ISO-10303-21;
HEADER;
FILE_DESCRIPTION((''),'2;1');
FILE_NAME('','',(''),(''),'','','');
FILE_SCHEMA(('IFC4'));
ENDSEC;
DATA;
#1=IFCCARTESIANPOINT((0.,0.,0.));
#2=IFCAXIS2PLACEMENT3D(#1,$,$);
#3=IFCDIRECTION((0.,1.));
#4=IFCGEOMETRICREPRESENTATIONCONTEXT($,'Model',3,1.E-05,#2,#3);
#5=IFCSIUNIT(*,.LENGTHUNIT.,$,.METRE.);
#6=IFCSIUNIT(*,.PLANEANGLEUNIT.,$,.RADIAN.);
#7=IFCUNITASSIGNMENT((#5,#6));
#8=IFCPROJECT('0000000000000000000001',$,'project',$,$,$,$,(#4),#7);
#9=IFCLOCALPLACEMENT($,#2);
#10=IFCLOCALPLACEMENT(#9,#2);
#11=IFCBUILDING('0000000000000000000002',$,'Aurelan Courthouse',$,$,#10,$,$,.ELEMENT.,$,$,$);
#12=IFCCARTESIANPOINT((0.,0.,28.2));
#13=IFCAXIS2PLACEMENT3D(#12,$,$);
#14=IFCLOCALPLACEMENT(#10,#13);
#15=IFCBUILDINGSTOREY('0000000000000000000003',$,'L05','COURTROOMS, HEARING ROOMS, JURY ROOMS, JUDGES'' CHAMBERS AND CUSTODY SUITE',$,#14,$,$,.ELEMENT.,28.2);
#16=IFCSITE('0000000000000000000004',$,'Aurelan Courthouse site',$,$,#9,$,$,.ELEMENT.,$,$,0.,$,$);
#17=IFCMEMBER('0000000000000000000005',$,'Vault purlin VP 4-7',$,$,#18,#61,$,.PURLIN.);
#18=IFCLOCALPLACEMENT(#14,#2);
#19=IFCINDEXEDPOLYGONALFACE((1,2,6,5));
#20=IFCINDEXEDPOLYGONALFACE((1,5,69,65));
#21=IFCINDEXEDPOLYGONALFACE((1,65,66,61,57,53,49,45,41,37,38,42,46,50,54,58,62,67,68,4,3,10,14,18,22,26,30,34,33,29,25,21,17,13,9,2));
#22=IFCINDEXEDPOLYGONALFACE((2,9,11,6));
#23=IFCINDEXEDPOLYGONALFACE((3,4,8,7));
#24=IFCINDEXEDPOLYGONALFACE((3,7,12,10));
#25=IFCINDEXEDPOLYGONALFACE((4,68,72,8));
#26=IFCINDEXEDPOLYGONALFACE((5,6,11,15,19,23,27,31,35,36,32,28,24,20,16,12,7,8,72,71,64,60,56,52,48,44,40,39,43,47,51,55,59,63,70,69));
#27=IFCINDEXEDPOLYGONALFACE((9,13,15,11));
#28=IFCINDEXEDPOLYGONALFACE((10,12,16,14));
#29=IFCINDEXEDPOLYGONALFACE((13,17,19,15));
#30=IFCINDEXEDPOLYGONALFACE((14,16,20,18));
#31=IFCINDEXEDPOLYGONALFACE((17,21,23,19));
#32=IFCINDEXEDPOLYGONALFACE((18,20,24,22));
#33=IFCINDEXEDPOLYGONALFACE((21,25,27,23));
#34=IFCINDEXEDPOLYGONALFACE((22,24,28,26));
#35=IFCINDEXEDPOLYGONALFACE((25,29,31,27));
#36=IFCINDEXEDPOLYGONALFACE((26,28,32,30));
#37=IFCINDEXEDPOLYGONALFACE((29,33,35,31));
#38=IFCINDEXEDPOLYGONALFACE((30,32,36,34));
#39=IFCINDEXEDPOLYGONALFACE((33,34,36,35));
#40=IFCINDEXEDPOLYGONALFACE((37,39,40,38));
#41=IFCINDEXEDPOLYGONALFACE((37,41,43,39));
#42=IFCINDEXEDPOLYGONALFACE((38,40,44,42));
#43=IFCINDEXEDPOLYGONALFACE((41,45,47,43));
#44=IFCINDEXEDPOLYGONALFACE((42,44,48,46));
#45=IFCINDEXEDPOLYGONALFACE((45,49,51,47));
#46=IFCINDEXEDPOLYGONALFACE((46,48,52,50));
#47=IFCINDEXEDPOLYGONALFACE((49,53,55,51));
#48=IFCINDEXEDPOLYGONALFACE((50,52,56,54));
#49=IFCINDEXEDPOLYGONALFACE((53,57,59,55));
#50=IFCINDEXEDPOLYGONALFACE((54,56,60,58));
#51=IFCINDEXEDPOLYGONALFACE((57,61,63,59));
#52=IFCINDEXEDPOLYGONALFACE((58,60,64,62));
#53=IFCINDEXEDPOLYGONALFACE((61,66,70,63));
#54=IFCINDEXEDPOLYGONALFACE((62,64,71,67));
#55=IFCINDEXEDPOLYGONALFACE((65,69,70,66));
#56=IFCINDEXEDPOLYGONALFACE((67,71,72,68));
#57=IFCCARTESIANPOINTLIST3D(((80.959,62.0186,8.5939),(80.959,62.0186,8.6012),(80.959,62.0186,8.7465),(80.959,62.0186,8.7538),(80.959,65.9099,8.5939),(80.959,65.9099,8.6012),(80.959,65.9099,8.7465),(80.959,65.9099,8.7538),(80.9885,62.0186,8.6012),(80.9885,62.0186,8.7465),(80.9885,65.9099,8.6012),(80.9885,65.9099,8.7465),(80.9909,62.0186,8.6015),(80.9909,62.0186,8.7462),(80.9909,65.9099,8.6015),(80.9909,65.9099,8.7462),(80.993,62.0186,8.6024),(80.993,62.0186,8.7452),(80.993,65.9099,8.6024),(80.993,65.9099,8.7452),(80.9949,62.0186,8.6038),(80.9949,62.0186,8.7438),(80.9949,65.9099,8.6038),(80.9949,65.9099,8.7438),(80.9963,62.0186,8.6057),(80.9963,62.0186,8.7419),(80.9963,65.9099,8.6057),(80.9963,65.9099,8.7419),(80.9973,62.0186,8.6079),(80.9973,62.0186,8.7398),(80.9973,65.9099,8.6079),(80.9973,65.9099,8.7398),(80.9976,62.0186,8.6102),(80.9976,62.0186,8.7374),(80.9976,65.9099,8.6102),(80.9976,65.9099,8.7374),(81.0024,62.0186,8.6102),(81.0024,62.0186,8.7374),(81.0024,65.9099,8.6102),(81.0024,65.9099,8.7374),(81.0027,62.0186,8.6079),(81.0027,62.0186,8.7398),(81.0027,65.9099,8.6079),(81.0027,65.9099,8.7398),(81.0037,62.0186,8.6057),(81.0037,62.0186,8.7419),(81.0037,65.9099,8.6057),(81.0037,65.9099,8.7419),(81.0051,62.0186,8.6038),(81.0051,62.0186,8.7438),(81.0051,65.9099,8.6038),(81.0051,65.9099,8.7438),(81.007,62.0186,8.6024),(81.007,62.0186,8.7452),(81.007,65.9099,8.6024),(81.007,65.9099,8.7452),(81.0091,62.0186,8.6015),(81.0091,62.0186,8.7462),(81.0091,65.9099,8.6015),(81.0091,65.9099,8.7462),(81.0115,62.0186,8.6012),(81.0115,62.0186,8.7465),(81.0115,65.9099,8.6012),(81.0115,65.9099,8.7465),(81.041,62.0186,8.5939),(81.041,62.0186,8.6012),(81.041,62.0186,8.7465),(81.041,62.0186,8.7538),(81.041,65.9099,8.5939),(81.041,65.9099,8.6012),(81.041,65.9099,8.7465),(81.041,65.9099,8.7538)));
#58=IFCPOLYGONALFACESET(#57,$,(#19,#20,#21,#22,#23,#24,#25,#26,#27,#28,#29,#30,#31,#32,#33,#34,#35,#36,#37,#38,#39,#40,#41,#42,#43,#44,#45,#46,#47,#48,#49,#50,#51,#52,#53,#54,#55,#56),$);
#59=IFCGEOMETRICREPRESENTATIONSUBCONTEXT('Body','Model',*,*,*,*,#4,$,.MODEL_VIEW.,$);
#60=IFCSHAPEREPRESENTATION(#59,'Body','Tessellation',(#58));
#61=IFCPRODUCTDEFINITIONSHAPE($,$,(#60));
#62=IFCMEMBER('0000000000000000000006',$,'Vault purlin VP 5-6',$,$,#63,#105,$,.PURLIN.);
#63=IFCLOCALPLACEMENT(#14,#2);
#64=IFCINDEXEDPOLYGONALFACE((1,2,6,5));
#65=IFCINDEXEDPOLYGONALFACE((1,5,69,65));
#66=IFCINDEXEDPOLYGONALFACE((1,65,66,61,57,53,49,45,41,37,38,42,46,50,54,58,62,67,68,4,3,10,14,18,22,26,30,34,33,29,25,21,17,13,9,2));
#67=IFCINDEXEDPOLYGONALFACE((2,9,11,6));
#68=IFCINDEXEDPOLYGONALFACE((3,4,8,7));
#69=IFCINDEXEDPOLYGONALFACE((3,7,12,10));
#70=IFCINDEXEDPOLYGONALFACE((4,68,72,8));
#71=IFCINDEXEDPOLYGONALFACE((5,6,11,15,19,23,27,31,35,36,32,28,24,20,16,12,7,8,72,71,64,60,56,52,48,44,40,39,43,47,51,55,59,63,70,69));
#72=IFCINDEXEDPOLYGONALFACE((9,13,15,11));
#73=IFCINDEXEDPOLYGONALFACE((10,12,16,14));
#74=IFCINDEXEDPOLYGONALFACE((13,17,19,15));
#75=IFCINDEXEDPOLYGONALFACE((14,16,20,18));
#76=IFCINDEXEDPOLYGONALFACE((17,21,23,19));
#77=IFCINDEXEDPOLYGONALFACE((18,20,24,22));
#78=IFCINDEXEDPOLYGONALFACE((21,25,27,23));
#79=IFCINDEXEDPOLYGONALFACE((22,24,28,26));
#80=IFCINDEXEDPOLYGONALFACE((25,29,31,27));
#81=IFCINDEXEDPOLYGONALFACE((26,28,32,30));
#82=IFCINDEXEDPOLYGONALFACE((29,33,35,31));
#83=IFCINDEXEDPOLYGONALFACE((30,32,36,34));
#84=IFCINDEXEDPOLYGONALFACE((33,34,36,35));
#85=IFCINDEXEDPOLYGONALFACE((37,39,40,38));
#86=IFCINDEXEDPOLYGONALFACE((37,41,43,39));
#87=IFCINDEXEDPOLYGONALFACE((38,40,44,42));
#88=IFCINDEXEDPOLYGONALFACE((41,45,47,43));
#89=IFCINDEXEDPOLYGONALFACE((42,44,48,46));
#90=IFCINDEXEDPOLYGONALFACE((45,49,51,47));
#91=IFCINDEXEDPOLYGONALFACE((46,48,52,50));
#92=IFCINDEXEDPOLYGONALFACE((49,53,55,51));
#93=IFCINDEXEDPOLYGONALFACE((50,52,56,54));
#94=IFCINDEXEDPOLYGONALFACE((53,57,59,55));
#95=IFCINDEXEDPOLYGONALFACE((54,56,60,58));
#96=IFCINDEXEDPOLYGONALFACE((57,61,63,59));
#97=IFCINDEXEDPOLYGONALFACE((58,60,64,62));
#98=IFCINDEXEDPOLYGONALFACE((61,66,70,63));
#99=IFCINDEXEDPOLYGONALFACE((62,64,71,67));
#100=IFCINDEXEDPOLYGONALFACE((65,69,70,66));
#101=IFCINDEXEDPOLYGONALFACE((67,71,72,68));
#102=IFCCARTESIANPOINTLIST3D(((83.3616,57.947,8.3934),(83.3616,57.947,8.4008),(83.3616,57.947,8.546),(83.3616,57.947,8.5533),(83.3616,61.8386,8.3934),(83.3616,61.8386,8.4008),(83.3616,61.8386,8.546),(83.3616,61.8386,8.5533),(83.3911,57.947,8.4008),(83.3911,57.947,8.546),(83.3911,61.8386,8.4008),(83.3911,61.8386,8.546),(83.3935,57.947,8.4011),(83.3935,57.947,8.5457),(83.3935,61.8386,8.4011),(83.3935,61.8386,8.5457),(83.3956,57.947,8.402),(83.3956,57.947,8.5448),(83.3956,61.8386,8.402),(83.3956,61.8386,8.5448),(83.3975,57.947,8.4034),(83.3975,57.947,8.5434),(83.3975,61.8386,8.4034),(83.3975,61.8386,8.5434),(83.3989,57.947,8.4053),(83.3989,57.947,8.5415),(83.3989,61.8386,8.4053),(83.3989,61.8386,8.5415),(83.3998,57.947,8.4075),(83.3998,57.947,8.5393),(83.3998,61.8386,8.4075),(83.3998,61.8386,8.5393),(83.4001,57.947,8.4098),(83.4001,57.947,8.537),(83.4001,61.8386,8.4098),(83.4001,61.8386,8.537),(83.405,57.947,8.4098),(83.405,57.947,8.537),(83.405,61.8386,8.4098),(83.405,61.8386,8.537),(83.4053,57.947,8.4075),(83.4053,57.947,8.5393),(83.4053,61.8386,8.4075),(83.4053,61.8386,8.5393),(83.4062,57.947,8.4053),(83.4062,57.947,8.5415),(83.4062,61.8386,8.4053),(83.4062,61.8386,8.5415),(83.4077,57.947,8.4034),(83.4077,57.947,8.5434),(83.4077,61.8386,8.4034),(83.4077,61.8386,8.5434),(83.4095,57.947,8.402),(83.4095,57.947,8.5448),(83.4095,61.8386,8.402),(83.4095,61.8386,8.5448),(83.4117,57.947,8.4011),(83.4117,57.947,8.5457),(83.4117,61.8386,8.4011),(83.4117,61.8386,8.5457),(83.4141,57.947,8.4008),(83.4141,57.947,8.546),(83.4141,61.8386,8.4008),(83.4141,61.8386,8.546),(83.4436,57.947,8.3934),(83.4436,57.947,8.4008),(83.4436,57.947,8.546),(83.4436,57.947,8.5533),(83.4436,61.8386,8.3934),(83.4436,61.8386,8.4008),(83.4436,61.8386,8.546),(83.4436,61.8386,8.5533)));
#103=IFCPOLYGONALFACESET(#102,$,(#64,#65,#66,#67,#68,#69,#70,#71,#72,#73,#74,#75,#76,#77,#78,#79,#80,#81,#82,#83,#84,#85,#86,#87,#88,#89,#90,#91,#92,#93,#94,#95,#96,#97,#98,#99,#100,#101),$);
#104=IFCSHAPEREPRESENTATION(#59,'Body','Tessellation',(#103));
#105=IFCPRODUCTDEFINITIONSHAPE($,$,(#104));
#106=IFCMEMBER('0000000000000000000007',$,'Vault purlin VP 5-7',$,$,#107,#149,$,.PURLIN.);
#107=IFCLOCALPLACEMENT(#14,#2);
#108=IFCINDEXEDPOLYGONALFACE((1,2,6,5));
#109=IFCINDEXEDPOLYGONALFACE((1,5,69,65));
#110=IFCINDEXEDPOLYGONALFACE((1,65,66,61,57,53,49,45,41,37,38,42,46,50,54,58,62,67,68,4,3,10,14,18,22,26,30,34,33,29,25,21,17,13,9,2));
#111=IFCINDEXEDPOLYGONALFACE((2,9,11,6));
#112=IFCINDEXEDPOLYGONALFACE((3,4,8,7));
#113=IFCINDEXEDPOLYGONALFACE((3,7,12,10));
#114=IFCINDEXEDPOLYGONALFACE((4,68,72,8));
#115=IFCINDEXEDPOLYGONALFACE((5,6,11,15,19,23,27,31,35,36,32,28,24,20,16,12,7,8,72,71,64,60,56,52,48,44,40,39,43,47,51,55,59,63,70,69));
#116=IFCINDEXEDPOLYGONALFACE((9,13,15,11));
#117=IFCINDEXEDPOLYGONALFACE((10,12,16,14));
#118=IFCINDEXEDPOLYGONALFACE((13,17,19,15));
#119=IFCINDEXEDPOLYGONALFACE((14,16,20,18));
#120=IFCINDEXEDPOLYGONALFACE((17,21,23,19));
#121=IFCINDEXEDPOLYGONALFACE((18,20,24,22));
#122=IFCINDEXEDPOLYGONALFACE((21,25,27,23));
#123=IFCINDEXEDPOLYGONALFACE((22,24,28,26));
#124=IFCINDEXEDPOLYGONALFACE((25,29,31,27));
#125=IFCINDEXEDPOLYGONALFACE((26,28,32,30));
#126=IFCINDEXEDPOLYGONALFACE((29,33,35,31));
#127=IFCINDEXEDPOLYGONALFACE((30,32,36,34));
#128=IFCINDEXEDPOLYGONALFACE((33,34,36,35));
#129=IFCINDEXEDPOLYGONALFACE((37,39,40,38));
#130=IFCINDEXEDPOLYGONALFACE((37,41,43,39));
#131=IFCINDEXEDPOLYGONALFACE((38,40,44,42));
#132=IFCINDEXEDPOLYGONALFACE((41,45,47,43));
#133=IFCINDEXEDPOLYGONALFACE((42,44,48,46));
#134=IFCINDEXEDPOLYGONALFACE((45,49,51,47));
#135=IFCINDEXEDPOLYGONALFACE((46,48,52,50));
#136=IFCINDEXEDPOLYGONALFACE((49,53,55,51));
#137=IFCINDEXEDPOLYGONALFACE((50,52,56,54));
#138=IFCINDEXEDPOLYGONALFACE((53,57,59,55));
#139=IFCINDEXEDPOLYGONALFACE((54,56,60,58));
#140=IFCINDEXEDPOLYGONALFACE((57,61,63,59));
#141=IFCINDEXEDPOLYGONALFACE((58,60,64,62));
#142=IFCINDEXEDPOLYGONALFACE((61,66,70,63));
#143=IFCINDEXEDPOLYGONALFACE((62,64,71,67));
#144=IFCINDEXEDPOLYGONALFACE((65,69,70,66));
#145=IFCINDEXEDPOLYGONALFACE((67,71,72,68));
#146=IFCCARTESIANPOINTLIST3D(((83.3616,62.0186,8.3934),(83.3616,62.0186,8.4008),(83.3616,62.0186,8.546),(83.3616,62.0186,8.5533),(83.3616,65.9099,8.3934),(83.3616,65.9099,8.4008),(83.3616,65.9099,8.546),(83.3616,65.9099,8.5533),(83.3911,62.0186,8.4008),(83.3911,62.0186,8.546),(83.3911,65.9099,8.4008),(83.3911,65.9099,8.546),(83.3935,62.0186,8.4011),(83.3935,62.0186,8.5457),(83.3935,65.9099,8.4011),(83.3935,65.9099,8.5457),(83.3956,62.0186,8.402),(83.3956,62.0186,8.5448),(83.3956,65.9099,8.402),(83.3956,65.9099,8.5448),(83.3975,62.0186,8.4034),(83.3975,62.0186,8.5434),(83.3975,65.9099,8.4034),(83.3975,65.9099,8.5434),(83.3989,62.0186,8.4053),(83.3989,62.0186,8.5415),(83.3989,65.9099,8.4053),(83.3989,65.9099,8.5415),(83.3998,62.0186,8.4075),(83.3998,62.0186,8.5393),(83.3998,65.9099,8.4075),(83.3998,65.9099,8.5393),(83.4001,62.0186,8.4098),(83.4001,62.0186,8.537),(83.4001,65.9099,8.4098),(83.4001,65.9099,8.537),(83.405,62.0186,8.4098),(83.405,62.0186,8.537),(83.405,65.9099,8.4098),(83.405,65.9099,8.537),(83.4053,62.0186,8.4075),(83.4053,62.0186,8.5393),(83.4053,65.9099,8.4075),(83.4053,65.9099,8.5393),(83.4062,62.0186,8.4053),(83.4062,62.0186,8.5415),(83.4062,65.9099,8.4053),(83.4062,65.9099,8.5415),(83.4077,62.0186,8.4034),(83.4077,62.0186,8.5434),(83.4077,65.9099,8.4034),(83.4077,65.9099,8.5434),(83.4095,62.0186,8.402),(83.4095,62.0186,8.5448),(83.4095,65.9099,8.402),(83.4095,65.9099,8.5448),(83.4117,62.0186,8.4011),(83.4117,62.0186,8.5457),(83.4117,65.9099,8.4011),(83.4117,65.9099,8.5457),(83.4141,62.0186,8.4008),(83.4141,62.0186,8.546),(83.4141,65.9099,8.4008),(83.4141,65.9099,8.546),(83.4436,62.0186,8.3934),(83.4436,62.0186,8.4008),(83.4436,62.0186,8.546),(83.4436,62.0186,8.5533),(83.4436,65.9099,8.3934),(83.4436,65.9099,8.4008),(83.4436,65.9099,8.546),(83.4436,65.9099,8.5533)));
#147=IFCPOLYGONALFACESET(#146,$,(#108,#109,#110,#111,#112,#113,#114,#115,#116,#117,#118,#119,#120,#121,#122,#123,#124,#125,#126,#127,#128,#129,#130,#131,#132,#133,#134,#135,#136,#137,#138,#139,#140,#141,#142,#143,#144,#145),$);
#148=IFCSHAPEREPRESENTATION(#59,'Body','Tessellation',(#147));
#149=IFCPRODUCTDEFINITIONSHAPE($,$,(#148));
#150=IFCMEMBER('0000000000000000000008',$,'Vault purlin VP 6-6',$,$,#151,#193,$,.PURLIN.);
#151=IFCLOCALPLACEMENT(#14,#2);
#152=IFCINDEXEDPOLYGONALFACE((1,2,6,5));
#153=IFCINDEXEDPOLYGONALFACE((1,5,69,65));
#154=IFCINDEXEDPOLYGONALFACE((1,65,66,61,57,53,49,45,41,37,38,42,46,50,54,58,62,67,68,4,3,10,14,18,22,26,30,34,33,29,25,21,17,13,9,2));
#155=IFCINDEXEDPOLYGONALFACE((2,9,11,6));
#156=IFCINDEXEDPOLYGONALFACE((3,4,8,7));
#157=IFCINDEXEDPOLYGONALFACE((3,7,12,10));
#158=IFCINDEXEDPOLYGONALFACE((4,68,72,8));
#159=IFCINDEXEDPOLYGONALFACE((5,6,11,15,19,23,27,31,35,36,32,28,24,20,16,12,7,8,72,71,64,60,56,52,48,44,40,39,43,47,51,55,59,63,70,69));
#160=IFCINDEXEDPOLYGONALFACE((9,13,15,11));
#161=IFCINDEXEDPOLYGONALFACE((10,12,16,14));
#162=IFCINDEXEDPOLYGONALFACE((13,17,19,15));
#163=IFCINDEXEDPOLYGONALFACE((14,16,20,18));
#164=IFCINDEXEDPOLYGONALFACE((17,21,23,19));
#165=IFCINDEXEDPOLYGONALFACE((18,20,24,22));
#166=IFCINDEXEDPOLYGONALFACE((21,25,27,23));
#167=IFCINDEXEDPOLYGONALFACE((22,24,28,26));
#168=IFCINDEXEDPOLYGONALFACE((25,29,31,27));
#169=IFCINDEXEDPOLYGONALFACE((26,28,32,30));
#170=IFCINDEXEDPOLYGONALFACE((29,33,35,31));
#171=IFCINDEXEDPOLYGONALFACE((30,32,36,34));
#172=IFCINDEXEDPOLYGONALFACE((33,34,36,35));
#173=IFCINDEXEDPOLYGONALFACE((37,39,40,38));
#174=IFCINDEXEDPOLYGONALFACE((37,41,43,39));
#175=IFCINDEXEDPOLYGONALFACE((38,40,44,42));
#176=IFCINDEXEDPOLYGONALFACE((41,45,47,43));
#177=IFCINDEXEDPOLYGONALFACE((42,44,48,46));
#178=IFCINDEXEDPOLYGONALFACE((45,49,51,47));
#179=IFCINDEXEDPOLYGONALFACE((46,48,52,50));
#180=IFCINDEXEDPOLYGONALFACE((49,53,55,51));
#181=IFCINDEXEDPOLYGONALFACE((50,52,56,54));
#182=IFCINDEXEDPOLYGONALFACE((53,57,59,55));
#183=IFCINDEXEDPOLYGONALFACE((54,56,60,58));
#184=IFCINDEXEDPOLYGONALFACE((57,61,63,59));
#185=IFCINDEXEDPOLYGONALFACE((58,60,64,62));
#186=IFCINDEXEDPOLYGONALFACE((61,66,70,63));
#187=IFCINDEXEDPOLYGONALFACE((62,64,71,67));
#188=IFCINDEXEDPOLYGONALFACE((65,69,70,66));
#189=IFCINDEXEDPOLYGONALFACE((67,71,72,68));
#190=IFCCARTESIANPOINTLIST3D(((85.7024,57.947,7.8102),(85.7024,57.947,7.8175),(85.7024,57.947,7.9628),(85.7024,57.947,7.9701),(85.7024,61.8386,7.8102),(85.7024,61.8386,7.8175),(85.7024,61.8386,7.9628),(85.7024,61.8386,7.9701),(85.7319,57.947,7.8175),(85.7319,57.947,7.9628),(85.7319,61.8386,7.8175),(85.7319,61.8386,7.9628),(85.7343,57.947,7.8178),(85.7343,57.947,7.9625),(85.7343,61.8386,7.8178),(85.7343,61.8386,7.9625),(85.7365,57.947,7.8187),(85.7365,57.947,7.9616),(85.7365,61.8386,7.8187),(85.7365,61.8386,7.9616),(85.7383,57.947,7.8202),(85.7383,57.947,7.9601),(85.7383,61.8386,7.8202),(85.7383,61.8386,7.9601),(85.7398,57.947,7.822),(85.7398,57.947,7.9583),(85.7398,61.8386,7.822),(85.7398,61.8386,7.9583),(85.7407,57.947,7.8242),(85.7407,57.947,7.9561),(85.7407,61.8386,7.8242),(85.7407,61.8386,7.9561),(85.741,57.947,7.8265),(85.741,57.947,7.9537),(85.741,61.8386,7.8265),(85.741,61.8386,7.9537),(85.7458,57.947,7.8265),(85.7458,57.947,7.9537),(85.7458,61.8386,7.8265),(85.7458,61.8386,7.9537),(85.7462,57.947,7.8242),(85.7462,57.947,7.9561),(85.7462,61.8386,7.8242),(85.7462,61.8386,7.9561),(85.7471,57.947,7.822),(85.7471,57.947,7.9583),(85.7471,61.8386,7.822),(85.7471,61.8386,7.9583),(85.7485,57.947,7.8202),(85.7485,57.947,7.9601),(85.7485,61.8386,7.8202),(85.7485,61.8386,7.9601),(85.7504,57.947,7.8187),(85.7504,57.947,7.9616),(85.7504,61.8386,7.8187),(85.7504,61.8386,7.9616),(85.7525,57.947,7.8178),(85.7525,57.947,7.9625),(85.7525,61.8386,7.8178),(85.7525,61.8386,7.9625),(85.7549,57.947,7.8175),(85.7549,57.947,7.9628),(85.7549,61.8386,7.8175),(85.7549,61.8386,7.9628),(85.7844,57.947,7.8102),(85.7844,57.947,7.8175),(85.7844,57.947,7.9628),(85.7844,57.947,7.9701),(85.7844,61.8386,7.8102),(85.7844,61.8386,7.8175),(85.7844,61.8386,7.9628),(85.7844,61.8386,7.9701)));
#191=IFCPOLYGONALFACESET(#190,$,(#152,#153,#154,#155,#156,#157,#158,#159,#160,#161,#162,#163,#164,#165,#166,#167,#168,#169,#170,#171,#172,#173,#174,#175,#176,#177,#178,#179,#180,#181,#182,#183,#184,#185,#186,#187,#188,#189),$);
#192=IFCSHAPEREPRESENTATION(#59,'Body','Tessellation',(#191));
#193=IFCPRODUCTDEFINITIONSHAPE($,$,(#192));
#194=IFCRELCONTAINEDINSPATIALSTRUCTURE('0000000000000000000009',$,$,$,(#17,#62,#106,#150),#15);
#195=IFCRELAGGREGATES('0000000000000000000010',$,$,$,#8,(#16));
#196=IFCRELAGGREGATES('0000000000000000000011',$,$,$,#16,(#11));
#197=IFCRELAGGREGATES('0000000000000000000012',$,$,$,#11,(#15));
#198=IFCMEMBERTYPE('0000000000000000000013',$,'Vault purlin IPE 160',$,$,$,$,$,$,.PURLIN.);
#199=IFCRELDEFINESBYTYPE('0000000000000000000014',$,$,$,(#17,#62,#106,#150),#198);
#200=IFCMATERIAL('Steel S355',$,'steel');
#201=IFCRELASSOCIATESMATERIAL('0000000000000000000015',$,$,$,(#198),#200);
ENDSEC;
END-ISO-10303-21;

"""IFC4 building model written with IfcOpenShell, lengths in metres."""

from ifc_helpers import new_model, si_unit, direction, frame, origin, origin_2d, place, context, subcontext, project, spatial, i_section, extrude, material, material_profile, profile_set, type_object, element, save


model = new_model("IFC4")

# Units and contexts
model_context = context("Model", 3, precision=1e-05, world=origin(), true_north=direction((0.0, 1.0)))
body_context = subcontext(model_context, "Body", "Model", "MODEL_VIEW")
ifc_project = project(units=[si_unit("LENGTHUNIT", "METRE"), si_unit("PLANEANGLEUNIT", "RADIAN")], contexts=[model_context])

# Site, building, storey
site_placement = place(None, origin())
site = spatial("IfcSite", under=ifc_project, at=site_placement, Name="Aurelan Courthouse site", CompositionType="ELEMENT", RefElevation=0.0)
building_placement = place(site_placement, origin())
building = spatial("IfcBuilding", under=site, at=building_placement, Name="Aurelan Courthouse", CompositionType="ELEMENT")
storey_placement = place(building_placement, frame((0.0, 0.0, 28.2)))
storey = spatial("IfcBuildingStorey", under=building, at=storey_placement, Name="L05", Description="COURTROOMS, HEARING ROOMS, JURY ROOMS, JUDGES' CHAMBERS AND CUSTODY SUITE", CompositionType="ELEMENT", Elevation=28.2)

# Shared definitions
ifc_material_1 = material(Name="Steel S355", Category="steel")

# Members
ifc_material_profile_1 = material_profile(ifc_material_1, i_section(OverallWidth=0.082, OverallDepth=0.1599, WebThickness=0.0049, FlangeThickness=0.0073, FilletRadius=0.009, at=origin_2d()), Name="IPE 160")
ifc_profile_set_1 = profile_set([ifc_material_profile_1], Name="Steel S355")
member_type_1 = type_object("IfcMemberType", Name="Vault purlin IPE 160", PredefinedType="PURLIN", material=ifc_profile_set_1)
member_1_placement = place(storey_placement, frame((81.0, 62.0186, 8.6738), z_axis=(0.0, 1.0, 0.0), x_axis=(-1.0, 0.0, 0.0)))
element("IfcMember", 1, at=member_1_placement, inside=storey, type_object=member_type_1, Name="Vault purlin VP 4-7", PredefinedType="PURLIN", context=body_context, shape_type="SweptSolid", body=[
    extrude(i_section(OverallWidth=0.082, OverallDepth=0.1599, WebThickness=0.0049, FlangeThickness=0.0073, FilletRadius=0.009, at=origin_2d()), origin(), (0.0, 0.0, 1.0), 3.8914),
])
member_2_placement = place(storey_placement, frame((83.4026, 57.947, 8.4734), z_axis=(0.0, 1.0, 0.0), x_axis=(-1.0, 0.0, 0.0)))
element("IfcMember", 2, at=member_2_placement, inside=storey, type_object=member_type_1, Name="Vault purlin VP 5-6", PredefinedType="PURLIN", context=body_context, shape_type="SweptSolid", body=[
    extrude(i_section(OverallWidth=0.082, OverallDepth=0.1599, WebThickness=0.0049, FlangeThickness=0.0073, FilletRadius=0.009, at=origin_2d()), origin(), (0.0, 0.0, 1.0), 3.8916),
])
member_3_placement = place(storey_placement, frame((83.4026, 62.0186, 8.4734), z_axis=(0.0, 1.0, 0.0), x_axis=(-1.0, 0.0, 0.0)))
element("IfcMember", 3, at=member_3_placement, inside=storey, type_object=member_type_1, Name="Vault purlin VP 5-7", PredefinedType="PURLIN", context=body_context, shape_type="SweptSolid", body=[
    extrude(i_section(OverallWidth=0.082, OverallDepth=0.1599, WebThickness=0.0049, FlangeThickness=0.0073, FilletRadius=0.009, at=origin_2d()), origin(), (0.0, 0.0, 1.0), 3.8914),
])
member_4_placement = place(storey_placement, frame((85.7434, 57.947, 7.8901), z_axis=(0.0, 1.0, 0.0), x_axis=(-1.0, 0.0, 0.0)))
element("IfcMember", 4, at=member_4_placement, inside=storey, type_object=member_type_1, Name="Vault purlin VP 6-6", PredefinedType="PURLIN", context=body_context, shape_type="SweptSolid", body=[
    extrude(i_section(OverallWidth=0.082, OverallDepth=0.1599, WebThickness=0.0049, FlangeThickness=0.0073, FilletRadius=0.009, at=origin_2d()), origin(), (0.0, 0.0, 1.0), 3.8916),
])

save(model, "model.ifc")
